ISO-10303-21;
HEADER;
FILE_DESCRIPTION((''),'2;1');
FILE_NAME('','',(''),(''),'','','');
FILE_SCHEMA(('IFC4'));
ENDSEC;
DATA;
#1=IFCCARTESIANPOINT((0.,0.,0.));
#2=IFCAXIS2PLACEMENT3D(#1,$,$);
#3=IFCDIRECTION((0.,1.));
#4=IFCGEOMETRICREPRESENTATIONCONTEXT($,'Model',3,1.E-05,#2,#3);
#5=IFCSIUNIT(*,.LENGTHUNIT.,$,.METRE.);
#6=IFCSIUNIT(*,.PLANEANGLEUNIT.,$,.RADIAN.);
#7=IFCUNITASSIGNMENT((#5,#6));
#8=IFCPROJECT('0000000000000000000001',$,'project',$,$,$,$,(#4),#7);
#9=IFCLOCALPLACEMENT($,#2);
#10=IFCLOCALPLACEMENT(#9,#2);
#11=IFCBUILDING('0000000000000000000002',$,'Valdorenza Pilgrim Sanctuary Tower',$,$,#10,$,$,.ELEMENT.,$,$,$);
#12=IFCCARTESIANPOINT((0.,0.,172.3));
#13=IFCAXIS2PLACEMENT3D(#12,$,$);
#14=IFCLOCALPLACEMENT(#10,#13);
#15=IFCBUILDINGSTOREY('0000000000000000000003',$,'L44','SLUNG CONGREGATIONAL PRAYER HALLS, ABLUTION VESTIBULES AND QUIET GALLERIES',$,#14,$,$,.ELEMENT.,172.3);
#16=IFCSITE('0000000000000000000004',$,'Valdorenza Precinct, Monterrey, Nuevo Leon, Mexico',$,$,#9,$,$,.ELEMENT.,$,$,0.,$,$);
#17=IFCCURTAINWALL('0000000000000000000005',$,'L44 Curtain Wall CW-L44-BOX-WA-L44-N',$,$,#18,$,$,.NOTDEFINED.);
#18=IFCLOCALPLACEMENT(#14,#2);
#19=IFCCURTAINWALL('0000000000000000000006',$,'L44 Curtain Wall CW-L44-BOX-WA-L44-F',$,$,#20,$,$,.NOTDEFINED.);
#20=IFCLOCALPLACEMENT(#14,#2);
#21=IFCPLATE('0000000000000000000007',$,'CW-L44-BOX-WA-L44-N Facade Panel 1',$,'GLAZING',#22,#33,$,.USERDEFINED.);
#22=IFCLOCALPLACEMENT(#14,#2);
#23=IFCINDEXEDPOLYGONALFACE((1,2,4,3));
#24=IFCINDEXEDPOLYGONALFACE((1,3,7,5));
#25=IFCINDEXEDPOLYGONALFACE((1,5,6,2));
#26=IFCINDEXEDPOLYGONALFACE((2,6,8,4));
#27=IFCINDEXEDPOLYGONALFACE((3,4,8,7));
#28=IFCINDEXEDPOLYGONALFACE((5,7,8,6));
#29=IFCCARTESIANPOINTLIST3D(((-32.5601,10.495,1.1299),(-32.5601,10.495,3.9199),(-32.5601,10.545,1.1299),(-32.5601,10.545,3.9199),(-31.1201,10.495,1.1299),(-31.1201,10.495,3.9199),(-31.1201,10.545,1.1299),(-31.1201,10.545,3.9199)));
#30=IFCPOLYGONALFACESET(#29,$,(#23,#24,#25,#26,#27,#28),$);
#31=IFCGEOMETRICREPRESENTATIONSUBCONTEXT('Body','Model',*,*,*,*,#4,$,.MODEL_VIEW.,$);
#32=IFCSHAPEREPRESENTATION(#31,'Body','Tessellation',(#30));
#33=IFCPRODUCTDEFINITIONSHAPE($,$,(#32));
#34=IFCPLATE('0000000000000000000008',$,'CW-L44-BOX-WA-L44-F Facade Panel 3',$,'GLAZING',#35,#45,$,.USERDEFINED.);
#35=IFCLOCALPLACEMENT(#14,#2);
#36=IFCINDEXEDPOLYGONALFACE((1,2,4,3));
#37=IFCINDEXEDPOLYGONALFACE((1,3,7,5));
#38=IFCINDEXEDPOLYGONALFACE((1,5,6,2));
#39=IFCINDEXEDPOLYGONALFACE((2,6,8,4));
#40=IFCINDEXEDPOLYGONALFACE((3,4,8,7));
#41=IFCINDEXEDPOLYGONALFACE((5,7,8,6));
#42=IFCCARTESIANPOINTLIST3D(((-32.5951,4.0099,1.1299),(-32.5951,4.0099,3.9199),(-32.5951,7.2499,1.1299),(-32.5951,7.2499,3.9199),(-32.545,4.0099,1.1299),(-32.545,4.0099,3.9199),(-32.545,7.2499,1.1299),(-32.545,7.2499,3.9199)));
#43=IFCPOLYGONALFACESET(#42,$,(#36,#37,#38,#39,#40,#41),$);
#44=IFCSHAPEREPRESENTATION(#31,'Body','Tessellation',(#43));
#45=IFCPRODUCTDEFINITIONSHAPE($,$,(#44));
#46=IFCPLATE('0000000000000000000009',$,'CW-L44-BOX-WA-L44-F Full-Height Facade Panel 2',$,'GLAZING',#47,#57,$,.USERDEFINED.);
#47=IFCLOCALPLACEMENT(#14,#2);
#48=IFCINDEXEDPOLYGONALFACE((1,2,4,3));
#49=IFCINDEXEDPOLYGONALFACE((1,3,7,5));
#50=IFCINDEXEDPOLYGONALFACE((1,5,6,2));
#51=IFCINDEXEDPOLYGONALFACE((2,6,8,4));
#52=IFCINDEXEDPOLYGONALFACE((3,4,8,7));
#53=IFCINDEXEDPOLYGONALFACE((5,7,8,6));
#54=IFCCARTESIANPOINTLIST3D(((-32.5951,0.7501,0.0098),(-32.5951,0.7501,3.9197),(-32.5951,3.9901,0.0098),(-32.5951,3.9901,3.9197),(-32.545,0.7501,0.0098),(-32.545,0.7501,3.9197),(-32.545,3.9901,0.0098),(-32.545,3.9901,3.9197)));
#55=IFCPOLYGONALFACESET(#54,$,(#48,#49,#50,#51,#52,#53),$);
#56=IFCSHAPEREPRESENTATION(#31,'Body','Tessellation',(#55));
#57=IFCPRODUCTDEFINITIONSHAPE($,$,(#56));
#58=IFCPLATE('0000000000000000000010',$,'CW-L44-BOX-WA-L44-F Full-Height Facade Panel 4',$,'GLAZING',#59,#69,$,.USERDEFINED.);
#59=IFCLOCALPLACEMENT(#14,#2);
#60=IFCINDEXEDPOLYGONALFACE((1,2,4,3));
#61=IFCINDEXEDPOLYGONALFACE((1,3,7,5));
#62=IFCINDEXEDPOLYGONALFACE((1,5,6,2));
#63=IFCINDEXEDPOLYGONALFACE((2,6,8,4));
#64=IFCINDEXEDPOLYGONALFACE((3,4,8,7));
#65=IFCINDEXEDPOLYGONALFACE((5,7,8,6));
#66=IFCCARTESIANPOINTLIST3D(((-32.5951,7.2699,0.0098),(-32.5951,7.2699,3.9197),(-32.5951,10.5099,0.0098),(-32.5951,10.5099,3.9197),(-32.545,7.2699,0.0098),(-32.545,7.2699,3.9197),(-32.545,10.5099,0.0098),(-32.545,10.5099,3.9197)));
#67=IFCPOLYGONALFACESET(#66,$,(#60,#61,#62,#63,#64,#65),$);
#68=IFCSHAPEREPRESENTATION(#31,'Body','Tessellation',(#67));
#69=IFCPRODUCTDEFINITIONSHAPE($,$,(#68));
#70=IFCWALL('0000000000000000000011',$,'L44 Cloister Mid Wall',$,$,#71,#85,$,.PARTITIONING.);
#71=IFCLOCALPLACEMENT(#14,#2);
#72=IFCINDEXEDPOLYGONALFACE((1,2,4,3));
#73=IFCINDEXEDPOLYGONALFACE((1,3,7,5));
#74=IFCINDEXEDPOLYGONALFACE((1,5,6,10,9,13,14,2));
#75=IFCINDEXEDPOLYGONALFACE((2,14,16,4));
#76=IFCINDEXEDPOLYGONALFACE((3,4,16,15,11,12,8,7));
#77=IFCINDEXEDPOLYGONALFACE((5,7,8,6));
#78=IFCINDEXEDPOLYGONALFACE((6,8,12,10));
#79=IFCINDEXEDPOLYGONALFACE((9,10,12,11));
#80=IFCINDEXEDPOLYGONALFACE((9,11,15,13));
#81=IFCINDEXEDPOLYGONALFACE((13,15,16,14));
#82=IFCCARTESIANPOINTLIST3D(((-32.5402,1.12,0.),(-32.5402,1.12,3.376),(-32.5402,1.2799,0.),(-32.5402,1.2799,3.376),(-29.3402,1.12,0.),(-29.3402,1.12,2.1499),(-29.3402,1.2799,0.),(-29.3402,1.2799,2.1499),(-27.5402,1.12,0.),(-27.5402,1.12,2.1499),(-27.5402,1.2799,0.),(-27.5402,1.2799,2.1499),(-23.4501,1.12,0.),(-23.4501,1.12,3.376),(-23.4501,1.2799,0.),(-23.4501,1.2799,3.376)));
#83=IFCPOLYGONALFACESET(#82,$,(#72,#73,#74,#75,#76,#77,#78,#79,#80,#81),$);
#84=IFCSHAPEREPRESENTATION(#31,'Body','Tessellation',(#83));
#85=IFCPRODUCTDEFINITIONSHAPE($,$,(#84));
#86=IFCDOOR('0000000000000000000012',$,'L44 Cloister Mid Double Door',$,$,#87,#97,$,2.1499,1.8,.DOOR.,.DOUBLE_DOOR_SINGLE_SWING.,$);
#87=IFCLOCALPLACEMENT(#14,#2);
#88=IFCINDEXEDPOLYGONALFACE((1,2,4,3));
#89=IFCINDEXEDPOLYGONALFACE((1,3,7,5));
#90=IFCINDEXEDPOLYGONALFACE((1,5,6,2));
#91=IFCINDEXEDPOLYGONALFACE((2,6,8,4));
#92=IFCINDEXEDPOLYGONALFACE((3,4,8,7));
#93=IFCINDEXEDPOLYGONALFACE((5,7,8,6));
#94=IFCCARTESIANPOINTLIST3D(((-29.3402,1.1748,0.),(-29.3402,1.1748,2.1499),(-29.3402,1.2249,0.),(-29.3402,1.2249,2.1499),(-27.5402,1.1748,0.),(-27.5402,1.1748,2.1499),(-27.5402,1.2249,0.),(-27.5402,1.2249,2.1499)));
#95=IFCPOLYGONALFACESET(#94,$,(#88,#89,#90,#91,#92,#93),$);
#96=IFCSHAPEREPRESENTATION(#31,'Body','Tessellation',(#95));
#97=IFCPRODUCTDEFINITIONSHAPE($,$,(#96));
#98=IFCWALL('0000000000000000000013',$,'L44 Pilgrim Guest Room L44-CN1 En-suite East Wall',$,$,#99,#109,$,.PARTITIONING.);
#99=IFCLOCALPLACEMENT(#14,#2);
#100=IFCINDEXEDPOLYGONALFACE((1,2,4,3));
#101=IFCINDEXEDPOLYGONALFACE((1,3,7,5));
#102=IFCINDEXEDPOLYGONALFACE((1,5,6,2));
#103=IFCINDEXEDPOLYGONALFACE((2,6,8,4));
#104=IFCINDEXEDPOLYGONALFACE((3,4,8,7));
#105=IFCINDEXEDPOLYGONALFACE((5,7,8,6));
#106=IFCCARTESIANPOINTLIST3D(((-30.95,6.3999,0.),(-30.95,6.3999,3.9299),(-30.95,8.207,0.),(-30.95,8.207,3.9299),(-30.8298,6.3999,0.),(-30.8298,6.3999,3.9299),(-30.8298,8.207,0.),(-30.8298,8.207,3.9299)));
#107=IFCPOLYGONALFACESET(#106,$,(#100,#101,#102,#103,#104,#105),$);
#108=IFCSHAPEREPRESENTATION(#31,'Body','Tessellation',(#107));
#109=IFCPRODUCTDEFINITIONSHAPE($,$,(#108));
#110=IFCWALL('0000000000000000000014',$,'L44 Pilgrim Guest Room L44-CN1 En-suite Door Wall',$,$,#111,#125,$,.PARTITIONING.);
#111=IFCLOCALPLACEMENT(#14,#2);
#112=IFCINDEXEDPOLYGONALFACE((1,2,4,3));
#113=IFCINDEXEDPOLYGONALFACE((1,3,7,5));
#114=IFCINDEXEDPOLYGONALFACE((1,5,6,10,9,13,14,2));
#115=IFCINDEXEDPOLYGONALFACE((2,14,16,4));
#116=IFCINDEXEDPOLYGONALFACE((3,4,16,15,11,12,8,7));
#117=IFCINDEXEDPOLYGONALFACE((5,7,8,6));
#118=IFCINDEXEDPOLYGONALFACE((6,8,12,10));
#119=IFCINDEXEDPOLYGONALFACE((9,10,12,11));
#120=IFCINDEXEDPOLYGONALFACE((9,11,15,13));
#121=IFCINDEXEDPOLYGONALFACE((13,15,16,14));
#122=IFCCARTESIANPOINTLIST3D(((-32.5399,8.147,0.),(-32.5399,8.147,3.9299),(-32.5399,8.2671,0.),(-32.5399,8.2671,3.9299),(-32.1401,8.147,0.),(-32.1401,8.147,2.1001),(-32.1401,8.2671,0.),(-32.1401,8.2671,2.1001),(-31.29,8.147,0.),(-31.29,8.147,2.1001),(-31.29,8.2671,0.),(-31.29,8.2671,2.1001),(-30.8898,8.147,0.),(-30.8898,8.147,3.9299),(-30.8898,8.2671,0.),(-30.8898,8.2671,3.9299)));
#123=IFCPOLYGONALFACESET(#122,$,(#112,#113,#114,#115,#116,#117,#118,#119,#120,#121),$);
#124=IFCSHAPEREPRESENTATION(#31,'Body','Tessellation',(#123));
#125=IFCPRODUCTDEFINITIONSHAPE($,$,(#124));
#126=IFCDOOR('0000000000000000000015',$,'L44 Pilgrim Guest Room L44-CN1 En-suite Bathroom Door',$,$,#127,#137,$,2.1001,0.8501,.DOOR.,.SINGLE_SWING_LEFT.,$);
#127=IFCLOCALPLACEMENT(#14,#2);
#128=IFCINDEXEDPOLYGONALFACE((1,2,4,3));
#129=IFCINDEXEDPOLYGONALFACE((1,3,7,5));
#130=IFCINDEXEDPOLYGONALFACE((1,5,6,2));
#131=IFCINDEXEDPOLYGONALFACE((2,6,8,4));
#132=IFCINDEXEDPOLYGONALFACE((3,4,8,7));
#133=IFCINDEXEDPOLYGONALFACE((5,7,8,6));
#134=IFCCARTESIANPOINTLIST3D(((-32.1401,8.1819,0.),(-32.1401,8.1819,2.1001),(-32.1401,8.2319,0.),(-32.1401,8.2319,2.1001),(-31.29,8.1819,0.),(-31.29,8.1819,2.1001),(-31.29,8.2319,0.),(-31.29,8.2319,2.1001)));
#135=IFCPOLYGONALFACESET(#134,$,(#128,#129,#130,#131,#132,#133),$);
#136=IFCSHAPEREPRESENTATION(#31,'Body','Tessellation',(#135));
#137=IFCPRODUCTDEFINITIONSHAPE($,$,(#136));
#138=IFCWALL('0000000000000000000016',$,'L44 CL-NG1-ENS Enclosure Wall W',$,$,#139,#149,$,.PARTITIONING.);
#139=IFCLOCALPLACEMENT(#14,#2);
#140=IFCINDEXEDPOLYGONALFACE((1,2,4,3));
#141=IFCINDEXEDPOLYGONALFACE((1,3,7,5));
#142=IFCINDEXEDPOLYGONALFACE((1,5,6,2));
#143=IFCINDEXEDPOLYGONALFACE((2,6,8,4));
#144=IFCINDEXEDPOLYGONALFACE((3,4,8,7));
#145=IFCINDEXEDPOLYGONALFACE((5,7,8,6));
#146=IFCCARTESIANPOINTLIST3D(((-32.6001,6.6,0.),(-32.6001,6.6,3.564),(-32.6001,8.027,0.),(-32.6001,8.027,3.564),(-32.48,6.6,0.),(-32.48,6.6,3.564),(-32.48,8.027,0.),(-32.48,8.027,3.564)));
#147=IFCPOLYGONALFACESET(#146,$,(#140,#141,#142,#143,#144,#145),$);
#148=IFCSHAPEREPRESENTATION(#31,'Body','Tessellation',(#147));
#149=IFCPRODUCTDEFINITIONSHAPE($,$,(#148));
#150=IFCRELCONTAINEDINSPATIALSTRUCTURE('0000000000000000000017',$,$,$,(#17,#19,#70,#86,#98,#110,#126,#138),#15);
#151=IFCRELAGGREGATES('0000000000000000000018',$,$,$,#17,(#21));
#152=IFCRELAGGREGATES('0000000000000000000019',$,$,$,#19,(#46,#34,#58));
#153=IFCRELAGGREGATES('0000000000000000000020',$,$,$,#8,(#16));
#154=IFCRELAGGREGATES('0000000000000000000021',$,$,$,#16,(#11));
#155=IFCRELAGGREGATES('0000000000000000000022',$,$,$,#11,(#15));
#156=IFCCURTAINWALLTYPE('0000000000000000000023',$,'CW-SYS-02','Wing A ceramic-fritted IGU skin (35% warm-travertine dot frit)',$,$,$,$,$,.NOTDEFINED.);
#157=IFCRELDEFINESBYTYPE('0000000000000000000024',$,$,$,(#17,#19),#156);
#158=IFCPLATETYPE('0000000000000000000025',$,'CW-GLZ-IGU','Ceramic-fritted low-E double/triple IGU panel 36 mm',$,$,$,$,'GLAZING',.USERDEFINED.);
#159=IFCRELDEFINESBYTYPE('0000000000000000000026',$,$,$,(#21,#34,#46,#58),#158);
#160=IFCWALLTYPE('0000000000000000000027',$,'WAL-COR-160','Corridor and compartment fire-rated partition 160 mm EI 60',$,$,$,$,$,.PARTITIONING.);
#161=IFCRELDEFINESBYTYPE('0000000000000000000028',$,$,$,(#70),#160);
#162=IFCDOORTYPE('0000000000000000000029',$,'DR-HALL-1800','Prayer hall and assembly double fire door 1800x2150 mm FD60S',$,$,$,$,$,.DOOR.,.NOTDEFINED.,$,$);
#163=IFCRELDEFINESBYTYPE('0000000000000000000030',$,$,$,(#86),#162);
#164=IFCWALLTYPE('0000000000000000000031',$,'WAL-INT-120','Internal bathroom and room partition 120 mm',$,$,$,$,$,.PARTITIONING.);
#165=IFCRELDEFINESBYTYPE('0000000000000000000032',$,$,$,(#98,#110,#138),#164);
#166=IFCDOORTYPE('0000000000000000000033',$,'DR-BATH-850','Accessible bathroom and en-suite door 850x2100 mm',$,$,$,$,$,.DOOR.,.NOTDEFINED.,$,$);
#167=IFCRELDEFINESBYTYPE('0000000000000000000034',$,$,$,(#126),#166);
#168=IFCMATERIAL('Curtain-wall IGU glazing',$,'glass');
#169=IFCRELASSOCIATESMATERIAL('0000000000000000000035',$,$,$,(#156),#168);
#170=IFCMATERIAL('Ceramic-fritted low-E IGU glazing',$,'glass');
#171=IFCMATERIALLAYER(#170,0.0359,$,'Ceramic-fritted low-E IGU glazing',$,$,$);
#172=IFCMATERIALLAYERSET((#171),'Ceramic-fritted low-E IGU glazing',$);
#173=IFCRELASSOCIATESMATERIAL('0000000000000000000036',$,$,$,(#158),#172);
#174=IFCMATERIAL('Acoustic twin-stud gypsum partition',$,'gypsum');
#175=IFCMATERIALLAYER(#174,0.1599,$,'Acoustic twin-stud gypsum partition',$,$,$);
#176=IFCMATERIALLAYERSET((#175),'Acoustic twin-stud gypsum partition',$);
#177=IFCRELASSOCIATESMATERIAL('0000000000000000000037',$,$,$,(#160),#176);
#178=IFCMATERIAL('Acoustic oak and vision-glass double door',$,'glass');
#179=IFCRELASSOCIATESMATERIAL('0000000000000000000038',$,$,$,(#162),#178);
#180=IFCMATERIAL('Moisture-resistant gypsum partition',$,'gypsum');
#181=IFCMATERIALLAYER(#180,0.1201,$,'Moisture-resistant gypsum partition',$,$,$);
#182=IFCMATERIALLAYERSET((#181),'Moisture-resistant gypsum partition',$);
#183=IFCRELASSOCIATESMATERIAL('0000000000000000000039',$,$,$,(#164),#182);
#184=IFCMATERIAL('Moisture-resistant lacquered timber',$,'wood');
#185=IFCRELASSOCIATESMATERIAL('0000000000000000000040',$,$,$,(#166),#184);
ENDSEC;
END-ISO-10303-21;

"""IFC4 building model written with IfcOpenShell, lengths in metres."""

from ifc_helpers import new_model, si_unit, direction, frame, frame_2d, origin, origin_2d, place, context, subcontext, project, spatial, rectangle, extrude, source, transform, mapped, material, layer, layer_set, type_object, element, fill, aggregate, save


model = new_model("IFC4")

# Units and contexts
model_context = context("Model", 3, precision=1e-05, world=origin(), true_north=direction((0.0, 1.0)))
body_context = subcontext(model_context, "Body", "Model", "MODEL_VIEW")
ifc_project = project(units=[si_unit("LENGTHUNIT", "METRE"), si_unit("PLANEANGLEUNIT", "RADIAN")], contexts=[model_context])

# Site, building, storey
site_placement = place(None, origin())
site = spatial("IfcSite", under=ifc_project, at=site_placement, Name="Valdorenza Precinct, Monterrey, Nuevo Leon, Mexico", CompositionType="ELEMENT", RefElevation=0.0)
building_placement = place(site_placement, origin())
building = spatial("IfcBuilding", under=site, at=building_placement, Name="Valdorenza Pilgrim Sanctuary Tower", CompositionType="ELEMENT")
storey_placement = place(building_placement, frame((0.0, 0.0, 172.3)))
storey = spatial("IfcBuildingStorey", under=building, at=storey_placement, Name="L44", Description="SLUNG CONGREGATIONAL PRAYER HALLS, ABLUTION VESTIBULES AND QUIET GALLERIES", CompositionType="ELEMENT", Elevation=172.3)

# Curtain wall
ifc_material_1 = material(Name="Curtain-wall IGU glazing", Category="glass")
curtain_wall_type = type_object("IfcCurtainWallType", Name="CW-SYS-02", Description="Wing A ceramic-fritted IGU skin (35% warm-travertine dot frit)", PredefinedType="NOTDEFINED", material=ifc_material_1)
curtain_wall_1_placement = place(storey_placement, origin())
curtain_wall_1 = element("IfcCurtainWall", 1, at=curtain_wall_1_placement, inside=storey, type_object=curtain_wall_type, Name="L44 Curtain Wall CW-L44-BOX-WA-L44-N", PredefinedType="NOTDEFINED")

# Curtain wall
curtain_wall_2_placement = place(storey_placement, origin())
curtain_wall_2 = element("IfcCurtainWall", 2, at=curtain_wall_2_placement, inside=storey, type_object=curtain_wall_type, Name="L44 Curtain Wall CW-L44-BOX-WA-L44-F", PredefinedType="NOTDEFINED")

# Plates
ifc_material_2 = material(Name="Ceramic-fritted low-E IGU glazing", Category="glass")
ifc_layer_1 = layer(ifc_material_2, 0.0359, Name="Ceramic-fritted low-E IGU glazing")
ifc_layer_set_1 = layer_set([ifc_layer_1], Name="Ceramic-fritted low-E IGU glazing")
plate_type_1 = type_object("IfcPlateType", Name="CW-GLZ-IGU", Description="Ceramic-fritted low-E double/triple IGU panel 36 mm", ElementType="GLAZING", PredefinedType="USERDEFINED", material=ifc_layer_set_1)
shared_shape_1 = source(origin(), body_context, "Body", "SweptSolid", [
    extrude(rectangle(XDim=1.4399, YDim=0.05, at=origin_2d()), origin(), (0.0, 0.0, 1.0), 2.79),
])
plate_1_placement = place(storey_placement, frame((-31.8401, 10.52, 1.1299), z_axis=(0.0, 0.0, 1.0), x_axis=(1.0, 0.0, 0.0)))
plate_1 = element("IfcPlate", 3, at=plate_1_placement, type_object=plate_type_1, Name="CW-L44-BOX-WA-L44-N Facade Panel 1", ObjectType="GLAZING", PredefinedType="USERDEFINED", context=body_context, shape_type="MappedRepresentation", body=[
    mapped(shared_shape_1, transform((0.0, 0.0, 0.0), x_axis=(1.0, 0.0, 0.0), y_axis=(0.0, 1.0, 0.0), z_axis=(0.0, 0.0, 1.0), scale=1.0)),
])
aggregate(curtain_wall_1, [plate_1])
shared_shape_2 = source(origin(), body_context, "Body", "SweptSolid", [
    extrude(rectangle(XDim=3.24, YDim=0.05, at=origin_2d()), origin(), (0.0, 0.0, 1.0), 2.79),
])
plate_2_placement = place(storey_placement, frame((-32.5701, 5.6299, 1.1299), z_axis=(0.0, 0.0, 1.0), x_axis=(0.0, 1.0, 0.0)))
plate_2 = element("IfcPlate", 4, at=plate_2_placement, type_object=plate_type_1, Name="CW-L44-BOX-WA-L44-F Facade Panel 3", ObjectType="GLAZING", PredefinedType="USERDEFINED", context=body_context, shape_type="MappedRepresentation", body=[
    mapped(shared_shape_2, transform((0.0, 0.0, 0.0), x_axis=(1.0, 0.0, 0.0), y_axis=(0.0, 1.0, 0.0), z_axis=(0.0, 0.0, 1.0), scale=1.0)),
])
shared_shape_3 = source(origin(), body_context, "Body", "SweptSolid", [
    extrude(rectangle(XDim=3.24, YDim=0.05, at=origin_2d()), origin(), (0.0, 0.0, 1.0), 3.9099),
])
plate_3_placement = place(storey_placement, frame((-32.5701, 2.3701, 0.0098), z_axis=(0.0, 0.0, 1.0), x_axis=(0.0, 1.0, 0.0)))
plate_3 = element("IfcPlate", 5, at=plate_3_placement, type_object=plate_type_1, Name="CW-L44-BOX-WA-L44-F Full-Height Facade Panel 2", ObjectType="GLAZING", PredefinedType="USERDEFINED", context=body_context, shape_type="MappedRepresentation", body=[
    mapped(shared_shape_3, transform((0.0, 0.0, 0.0), x_axis=(1.0, 0.0, 0.0), y_axis=(0.0, 1.0, 0.0), z_axis=(0.0, 0.0, 1.0), scale=1.0)),
])
plate_4_placement = place(storey_placement, frame((-32.5701, 8.8899, 0.0098), z_axis=(0.0, 0.0, 1.0), x_axis=(0.0, 1.0, 0.0)))
plate_4 = element("IfcPlate", 6, at=plate_4_placement, type_object=plate_type_1, Name="CW-L44-BOX-WA-L44-F Full-Height Facade Panel 4", ObjectType="GLAZING", PredefinedType="USERDEFINED", context=body_context, shape_type="MappedRepresentation", body=[
    mapped(shared_shape_3, transform((0.0, 0.0, 0.0), x_axis=(1.0, 0.0, 0.0), y_axis=(0.0, 1.0, 0.0), z_axis=(0.0, 0.0, 1.0), scale=1.0)),
])
aggregate(curtain_wall_2, [plate_3, plate_2, plate_4])

# Wall, opening, door
ifc_material_3 = material(Name="Acoustic twin-stud gypsum partition", Category="gypsum")
ifc_layer_2 = layer(ifc_material_3, 0.1599, Name="Acoustic twin-stud gypsum partition")
ifc_layer_set_2 = layer_set([ifc_layer_2], Name="Acoustic twin-stud gypsum partition")
wall_type_1 = type_object("IfcWallType", Name="WAL-COR-160", Description="Corridor and compartment fire-rated partition 160 mm EI 60", PredefinedType="PARTITIONING", material=ifc_layer_set_2)
wall_1_placement = place(storey_placement, frame((-32.54, 1.2, 0.0), z_axis=(0.0, 0.0, 1.0), x_axis=(1.0, 0.0, 0.0)))
wall_1 = element("IfcWall", 7, at=wall_1_placement, inside=storey, type_object=wall_type_1, Name="L44 Cloister Mid Wall", PredefinedType="PARTITIONING", context=body_context, shape_type="SweptSolid", body=[
    extrude(rectangle(XDim=9.0901, YDim=0.1599, at=frame_2d((4.5449, 0.0))), origin(), (0.0, 0.0, 1.0), 3.376),
])
opening_1_placement = place(wall_1_placement, frame((3.2, 0.0, 0.0)))
opening_1 = element("IfcOpeningElement", 8, at=opening_1_placement, cuts=wall_1, PredefinedType="OPENING", context=body_context, shape_type="SweptSolid", body=[
    extrude(rectangle(XDim=1.8, YDim=2.1499, at=frame_2d((0.8999, 1.075))), frame((0.0, 0.0947, 0.0), z_axis=(0.0, -1.0, 0.0), x_axis=(1.0, 0.0, 0.0)), (0.0, 0.0, 1.0), 0.1897),
])
ifc_material_4 = material(Name="Acoustic oak and vision-glass double door", Category="glass")
door_type_1 = type_object("IfcDoorType", Name="DR-HALL-1800", Description="Prayer hall and assembly double fire door 1800x2150 mm FD60S", OperationType="NOTDEFINED", PredefinedType="DOOR", material=ifc_material_4)
door_1_placement = place(opening_1_placement, origin())
door_1 = element("IfcDoor", 9, at=door_1_placement, inside=storey, type_object=door_type_1, Name="L44 Cloister Mid Double Door", OperationType="DOUBLE_DOOR_SINGLE_SWING", OverallHeight=2.1499, OverallWidth=1.8, PredefinedType="DOOR", context=body_context, shape_type="SweptSolid", body=[
    extrude(rectangle(XDim=1.8, YDim=2.1499, at=frame_2d((0.8999, 1.075))), frame((0.0, 0.0249, 0.0), z_axis=(0.0, -1.0, 0.0), x_axis=(1.0, 0.0, 0.0)), (0.0, 0.0, 1.0), 0.05),
])
fill(opening_1, door_1)

# Wall
ifc_material_5 = material(Name="Moisture-resistant gypsum partition", Category="gypsum")
ifc_layer_3 = layer(ifc_material_5, 0.1201, Name="Moisture-resistant gypsum partition")
ifc_layer_set_3 = layer_set([ifc_layer_3], Name="Moisture-resistant gypsum partition")
wall_type_2 = type_object("IfcWallType", Name="WAL-INT-120", Description="Internal bathroom and room partition 120 mm", PredefinedType="PARTITIONING", material=ifc_layer_set_3)
wall_2_placement = place(storey_placement, frame((-30.8899, 6.3999, 0.0), z_axis=(0.0, 0.0, 1.0), x_axis=(0.0, 1.0, 0.0)))
element("IfcWall", 10, at=wall_2_placement, inside=storey, type_object=wall_type_2, Name="L44 Pilgrim Guest Room L44-CN1 En-suite East Wall", PredefinedType="PARTITIONING", context=body_context, shape_type="SweptSolid", body=[
    extrude(rectangle(XDim=1.8071, YDim=0.1201, at=frame_2d((0.9036, 0.0))), origin(), (0.0, 0.0, 1.0), 3.9299),
])

# Wall, opening, door
wall_3_placement = place(storey_placement, frame((-32.54, 8.207, 0.0), z_axis=(0.0, 0.0, 1.0), x_axis=(1.0, 0.0, 0.0)))
wall_3 = element("IfcWall", 11, at=wall_3_placement, inside=storey, type_object=wall_type_2, Name="L44 Pilgrim Guest Room L44-CN1 En-suite Door Wall", PredefinedType="PARTITIONING", context=body_context, shape_type="SweptSolid", body=[
    extrude(rectangle(XDim=1.6501, YDim=0.1201, at=frame_2d((0.8252, 0.0))), origin(), (0.0, 0.0, 1.0), 3.9299),
])
opening_2_placement = place(wall_3_placement, frame((0.3999, 0.0, 0.0)))
opening_2 = element("IfcOpeningElement", 12, at=opening_2_placement, cuts=wall_3, PredefinedType="OPENING", context=body_context, shape_type="SweptSolid", body=[
    extrude(rectangle(XDim=0.8501, YDim=2.1001, at=frame_2d((0.425, 1.05))), frame((0.0, 0.075, 0.0), z_axis=(0.0, -1.0, 0.0), x_axis=(1.0, 0.0, 0.0)), (0.0, 0.0, 1.0), 0.1499),
])
ifc_material_6 = material(Name="Moisture-resistant lacquered timber", Category="wood")
door_type_2 = type_object("IfcDoorType", Name="DR-BATH-850", Description="Accessible bathroom and en-suite door 850x2100 mm", OperationType="NOTDEFINED", PredefinedType="DOOR", material=ifc_material_6)
door_2_placement = place(opening_2_placement, origin())
door_2 = element("IfcDoor", 13, at=door_2_placement, inside=storey, type_object=door_type_2, Name="L44 Pilgrim Guest Room L44-CN1 En-suite Bathroom Door", OperationType="SINGLE_SWING_LEFT", OverallHeight=2.1001, OverallWidth=0.8501, PredefinedType="DOOR", context=body_context, shape_type="SweptSolid", body=[
    extrude(rectangle(XDim=0.8501, YDim=2.1001, at=frame_2d((0.425, 1.05))), frame((0.0, 0.0249, 0.0), z_axis=(0.0, -1.0, 0.0), x_axis=(1.0, 0.0, 0.0)), (0.0, 0.0, 1.0), 0.05),
])
fill(opening_2, door_2)

# Wall
wall_4_placement = place(storey_placement, frame((-32.54, 6.6001, 0.0), z_axis=(0.0, 0.0, 1.0), x_axis=(0.0, 1.0, 0.0)))
element("IfcWall", 14, at=wall_4_placement, inside=storey, type_object=wall_type_2, Name="L44 CL-NG1-ENS Enclosure Wall W", PredefinedType="PARTITIONING", context=body_context, shape_type="SweptSolid", body=[
    extrude(rectangle(XDim=1.427, YDim=0.1201, at=frame_2d((0.7134, 0.0))), origin(), (0.0, 0.0, 1.0), 3.564),
])

save(model, "model.ifc")
